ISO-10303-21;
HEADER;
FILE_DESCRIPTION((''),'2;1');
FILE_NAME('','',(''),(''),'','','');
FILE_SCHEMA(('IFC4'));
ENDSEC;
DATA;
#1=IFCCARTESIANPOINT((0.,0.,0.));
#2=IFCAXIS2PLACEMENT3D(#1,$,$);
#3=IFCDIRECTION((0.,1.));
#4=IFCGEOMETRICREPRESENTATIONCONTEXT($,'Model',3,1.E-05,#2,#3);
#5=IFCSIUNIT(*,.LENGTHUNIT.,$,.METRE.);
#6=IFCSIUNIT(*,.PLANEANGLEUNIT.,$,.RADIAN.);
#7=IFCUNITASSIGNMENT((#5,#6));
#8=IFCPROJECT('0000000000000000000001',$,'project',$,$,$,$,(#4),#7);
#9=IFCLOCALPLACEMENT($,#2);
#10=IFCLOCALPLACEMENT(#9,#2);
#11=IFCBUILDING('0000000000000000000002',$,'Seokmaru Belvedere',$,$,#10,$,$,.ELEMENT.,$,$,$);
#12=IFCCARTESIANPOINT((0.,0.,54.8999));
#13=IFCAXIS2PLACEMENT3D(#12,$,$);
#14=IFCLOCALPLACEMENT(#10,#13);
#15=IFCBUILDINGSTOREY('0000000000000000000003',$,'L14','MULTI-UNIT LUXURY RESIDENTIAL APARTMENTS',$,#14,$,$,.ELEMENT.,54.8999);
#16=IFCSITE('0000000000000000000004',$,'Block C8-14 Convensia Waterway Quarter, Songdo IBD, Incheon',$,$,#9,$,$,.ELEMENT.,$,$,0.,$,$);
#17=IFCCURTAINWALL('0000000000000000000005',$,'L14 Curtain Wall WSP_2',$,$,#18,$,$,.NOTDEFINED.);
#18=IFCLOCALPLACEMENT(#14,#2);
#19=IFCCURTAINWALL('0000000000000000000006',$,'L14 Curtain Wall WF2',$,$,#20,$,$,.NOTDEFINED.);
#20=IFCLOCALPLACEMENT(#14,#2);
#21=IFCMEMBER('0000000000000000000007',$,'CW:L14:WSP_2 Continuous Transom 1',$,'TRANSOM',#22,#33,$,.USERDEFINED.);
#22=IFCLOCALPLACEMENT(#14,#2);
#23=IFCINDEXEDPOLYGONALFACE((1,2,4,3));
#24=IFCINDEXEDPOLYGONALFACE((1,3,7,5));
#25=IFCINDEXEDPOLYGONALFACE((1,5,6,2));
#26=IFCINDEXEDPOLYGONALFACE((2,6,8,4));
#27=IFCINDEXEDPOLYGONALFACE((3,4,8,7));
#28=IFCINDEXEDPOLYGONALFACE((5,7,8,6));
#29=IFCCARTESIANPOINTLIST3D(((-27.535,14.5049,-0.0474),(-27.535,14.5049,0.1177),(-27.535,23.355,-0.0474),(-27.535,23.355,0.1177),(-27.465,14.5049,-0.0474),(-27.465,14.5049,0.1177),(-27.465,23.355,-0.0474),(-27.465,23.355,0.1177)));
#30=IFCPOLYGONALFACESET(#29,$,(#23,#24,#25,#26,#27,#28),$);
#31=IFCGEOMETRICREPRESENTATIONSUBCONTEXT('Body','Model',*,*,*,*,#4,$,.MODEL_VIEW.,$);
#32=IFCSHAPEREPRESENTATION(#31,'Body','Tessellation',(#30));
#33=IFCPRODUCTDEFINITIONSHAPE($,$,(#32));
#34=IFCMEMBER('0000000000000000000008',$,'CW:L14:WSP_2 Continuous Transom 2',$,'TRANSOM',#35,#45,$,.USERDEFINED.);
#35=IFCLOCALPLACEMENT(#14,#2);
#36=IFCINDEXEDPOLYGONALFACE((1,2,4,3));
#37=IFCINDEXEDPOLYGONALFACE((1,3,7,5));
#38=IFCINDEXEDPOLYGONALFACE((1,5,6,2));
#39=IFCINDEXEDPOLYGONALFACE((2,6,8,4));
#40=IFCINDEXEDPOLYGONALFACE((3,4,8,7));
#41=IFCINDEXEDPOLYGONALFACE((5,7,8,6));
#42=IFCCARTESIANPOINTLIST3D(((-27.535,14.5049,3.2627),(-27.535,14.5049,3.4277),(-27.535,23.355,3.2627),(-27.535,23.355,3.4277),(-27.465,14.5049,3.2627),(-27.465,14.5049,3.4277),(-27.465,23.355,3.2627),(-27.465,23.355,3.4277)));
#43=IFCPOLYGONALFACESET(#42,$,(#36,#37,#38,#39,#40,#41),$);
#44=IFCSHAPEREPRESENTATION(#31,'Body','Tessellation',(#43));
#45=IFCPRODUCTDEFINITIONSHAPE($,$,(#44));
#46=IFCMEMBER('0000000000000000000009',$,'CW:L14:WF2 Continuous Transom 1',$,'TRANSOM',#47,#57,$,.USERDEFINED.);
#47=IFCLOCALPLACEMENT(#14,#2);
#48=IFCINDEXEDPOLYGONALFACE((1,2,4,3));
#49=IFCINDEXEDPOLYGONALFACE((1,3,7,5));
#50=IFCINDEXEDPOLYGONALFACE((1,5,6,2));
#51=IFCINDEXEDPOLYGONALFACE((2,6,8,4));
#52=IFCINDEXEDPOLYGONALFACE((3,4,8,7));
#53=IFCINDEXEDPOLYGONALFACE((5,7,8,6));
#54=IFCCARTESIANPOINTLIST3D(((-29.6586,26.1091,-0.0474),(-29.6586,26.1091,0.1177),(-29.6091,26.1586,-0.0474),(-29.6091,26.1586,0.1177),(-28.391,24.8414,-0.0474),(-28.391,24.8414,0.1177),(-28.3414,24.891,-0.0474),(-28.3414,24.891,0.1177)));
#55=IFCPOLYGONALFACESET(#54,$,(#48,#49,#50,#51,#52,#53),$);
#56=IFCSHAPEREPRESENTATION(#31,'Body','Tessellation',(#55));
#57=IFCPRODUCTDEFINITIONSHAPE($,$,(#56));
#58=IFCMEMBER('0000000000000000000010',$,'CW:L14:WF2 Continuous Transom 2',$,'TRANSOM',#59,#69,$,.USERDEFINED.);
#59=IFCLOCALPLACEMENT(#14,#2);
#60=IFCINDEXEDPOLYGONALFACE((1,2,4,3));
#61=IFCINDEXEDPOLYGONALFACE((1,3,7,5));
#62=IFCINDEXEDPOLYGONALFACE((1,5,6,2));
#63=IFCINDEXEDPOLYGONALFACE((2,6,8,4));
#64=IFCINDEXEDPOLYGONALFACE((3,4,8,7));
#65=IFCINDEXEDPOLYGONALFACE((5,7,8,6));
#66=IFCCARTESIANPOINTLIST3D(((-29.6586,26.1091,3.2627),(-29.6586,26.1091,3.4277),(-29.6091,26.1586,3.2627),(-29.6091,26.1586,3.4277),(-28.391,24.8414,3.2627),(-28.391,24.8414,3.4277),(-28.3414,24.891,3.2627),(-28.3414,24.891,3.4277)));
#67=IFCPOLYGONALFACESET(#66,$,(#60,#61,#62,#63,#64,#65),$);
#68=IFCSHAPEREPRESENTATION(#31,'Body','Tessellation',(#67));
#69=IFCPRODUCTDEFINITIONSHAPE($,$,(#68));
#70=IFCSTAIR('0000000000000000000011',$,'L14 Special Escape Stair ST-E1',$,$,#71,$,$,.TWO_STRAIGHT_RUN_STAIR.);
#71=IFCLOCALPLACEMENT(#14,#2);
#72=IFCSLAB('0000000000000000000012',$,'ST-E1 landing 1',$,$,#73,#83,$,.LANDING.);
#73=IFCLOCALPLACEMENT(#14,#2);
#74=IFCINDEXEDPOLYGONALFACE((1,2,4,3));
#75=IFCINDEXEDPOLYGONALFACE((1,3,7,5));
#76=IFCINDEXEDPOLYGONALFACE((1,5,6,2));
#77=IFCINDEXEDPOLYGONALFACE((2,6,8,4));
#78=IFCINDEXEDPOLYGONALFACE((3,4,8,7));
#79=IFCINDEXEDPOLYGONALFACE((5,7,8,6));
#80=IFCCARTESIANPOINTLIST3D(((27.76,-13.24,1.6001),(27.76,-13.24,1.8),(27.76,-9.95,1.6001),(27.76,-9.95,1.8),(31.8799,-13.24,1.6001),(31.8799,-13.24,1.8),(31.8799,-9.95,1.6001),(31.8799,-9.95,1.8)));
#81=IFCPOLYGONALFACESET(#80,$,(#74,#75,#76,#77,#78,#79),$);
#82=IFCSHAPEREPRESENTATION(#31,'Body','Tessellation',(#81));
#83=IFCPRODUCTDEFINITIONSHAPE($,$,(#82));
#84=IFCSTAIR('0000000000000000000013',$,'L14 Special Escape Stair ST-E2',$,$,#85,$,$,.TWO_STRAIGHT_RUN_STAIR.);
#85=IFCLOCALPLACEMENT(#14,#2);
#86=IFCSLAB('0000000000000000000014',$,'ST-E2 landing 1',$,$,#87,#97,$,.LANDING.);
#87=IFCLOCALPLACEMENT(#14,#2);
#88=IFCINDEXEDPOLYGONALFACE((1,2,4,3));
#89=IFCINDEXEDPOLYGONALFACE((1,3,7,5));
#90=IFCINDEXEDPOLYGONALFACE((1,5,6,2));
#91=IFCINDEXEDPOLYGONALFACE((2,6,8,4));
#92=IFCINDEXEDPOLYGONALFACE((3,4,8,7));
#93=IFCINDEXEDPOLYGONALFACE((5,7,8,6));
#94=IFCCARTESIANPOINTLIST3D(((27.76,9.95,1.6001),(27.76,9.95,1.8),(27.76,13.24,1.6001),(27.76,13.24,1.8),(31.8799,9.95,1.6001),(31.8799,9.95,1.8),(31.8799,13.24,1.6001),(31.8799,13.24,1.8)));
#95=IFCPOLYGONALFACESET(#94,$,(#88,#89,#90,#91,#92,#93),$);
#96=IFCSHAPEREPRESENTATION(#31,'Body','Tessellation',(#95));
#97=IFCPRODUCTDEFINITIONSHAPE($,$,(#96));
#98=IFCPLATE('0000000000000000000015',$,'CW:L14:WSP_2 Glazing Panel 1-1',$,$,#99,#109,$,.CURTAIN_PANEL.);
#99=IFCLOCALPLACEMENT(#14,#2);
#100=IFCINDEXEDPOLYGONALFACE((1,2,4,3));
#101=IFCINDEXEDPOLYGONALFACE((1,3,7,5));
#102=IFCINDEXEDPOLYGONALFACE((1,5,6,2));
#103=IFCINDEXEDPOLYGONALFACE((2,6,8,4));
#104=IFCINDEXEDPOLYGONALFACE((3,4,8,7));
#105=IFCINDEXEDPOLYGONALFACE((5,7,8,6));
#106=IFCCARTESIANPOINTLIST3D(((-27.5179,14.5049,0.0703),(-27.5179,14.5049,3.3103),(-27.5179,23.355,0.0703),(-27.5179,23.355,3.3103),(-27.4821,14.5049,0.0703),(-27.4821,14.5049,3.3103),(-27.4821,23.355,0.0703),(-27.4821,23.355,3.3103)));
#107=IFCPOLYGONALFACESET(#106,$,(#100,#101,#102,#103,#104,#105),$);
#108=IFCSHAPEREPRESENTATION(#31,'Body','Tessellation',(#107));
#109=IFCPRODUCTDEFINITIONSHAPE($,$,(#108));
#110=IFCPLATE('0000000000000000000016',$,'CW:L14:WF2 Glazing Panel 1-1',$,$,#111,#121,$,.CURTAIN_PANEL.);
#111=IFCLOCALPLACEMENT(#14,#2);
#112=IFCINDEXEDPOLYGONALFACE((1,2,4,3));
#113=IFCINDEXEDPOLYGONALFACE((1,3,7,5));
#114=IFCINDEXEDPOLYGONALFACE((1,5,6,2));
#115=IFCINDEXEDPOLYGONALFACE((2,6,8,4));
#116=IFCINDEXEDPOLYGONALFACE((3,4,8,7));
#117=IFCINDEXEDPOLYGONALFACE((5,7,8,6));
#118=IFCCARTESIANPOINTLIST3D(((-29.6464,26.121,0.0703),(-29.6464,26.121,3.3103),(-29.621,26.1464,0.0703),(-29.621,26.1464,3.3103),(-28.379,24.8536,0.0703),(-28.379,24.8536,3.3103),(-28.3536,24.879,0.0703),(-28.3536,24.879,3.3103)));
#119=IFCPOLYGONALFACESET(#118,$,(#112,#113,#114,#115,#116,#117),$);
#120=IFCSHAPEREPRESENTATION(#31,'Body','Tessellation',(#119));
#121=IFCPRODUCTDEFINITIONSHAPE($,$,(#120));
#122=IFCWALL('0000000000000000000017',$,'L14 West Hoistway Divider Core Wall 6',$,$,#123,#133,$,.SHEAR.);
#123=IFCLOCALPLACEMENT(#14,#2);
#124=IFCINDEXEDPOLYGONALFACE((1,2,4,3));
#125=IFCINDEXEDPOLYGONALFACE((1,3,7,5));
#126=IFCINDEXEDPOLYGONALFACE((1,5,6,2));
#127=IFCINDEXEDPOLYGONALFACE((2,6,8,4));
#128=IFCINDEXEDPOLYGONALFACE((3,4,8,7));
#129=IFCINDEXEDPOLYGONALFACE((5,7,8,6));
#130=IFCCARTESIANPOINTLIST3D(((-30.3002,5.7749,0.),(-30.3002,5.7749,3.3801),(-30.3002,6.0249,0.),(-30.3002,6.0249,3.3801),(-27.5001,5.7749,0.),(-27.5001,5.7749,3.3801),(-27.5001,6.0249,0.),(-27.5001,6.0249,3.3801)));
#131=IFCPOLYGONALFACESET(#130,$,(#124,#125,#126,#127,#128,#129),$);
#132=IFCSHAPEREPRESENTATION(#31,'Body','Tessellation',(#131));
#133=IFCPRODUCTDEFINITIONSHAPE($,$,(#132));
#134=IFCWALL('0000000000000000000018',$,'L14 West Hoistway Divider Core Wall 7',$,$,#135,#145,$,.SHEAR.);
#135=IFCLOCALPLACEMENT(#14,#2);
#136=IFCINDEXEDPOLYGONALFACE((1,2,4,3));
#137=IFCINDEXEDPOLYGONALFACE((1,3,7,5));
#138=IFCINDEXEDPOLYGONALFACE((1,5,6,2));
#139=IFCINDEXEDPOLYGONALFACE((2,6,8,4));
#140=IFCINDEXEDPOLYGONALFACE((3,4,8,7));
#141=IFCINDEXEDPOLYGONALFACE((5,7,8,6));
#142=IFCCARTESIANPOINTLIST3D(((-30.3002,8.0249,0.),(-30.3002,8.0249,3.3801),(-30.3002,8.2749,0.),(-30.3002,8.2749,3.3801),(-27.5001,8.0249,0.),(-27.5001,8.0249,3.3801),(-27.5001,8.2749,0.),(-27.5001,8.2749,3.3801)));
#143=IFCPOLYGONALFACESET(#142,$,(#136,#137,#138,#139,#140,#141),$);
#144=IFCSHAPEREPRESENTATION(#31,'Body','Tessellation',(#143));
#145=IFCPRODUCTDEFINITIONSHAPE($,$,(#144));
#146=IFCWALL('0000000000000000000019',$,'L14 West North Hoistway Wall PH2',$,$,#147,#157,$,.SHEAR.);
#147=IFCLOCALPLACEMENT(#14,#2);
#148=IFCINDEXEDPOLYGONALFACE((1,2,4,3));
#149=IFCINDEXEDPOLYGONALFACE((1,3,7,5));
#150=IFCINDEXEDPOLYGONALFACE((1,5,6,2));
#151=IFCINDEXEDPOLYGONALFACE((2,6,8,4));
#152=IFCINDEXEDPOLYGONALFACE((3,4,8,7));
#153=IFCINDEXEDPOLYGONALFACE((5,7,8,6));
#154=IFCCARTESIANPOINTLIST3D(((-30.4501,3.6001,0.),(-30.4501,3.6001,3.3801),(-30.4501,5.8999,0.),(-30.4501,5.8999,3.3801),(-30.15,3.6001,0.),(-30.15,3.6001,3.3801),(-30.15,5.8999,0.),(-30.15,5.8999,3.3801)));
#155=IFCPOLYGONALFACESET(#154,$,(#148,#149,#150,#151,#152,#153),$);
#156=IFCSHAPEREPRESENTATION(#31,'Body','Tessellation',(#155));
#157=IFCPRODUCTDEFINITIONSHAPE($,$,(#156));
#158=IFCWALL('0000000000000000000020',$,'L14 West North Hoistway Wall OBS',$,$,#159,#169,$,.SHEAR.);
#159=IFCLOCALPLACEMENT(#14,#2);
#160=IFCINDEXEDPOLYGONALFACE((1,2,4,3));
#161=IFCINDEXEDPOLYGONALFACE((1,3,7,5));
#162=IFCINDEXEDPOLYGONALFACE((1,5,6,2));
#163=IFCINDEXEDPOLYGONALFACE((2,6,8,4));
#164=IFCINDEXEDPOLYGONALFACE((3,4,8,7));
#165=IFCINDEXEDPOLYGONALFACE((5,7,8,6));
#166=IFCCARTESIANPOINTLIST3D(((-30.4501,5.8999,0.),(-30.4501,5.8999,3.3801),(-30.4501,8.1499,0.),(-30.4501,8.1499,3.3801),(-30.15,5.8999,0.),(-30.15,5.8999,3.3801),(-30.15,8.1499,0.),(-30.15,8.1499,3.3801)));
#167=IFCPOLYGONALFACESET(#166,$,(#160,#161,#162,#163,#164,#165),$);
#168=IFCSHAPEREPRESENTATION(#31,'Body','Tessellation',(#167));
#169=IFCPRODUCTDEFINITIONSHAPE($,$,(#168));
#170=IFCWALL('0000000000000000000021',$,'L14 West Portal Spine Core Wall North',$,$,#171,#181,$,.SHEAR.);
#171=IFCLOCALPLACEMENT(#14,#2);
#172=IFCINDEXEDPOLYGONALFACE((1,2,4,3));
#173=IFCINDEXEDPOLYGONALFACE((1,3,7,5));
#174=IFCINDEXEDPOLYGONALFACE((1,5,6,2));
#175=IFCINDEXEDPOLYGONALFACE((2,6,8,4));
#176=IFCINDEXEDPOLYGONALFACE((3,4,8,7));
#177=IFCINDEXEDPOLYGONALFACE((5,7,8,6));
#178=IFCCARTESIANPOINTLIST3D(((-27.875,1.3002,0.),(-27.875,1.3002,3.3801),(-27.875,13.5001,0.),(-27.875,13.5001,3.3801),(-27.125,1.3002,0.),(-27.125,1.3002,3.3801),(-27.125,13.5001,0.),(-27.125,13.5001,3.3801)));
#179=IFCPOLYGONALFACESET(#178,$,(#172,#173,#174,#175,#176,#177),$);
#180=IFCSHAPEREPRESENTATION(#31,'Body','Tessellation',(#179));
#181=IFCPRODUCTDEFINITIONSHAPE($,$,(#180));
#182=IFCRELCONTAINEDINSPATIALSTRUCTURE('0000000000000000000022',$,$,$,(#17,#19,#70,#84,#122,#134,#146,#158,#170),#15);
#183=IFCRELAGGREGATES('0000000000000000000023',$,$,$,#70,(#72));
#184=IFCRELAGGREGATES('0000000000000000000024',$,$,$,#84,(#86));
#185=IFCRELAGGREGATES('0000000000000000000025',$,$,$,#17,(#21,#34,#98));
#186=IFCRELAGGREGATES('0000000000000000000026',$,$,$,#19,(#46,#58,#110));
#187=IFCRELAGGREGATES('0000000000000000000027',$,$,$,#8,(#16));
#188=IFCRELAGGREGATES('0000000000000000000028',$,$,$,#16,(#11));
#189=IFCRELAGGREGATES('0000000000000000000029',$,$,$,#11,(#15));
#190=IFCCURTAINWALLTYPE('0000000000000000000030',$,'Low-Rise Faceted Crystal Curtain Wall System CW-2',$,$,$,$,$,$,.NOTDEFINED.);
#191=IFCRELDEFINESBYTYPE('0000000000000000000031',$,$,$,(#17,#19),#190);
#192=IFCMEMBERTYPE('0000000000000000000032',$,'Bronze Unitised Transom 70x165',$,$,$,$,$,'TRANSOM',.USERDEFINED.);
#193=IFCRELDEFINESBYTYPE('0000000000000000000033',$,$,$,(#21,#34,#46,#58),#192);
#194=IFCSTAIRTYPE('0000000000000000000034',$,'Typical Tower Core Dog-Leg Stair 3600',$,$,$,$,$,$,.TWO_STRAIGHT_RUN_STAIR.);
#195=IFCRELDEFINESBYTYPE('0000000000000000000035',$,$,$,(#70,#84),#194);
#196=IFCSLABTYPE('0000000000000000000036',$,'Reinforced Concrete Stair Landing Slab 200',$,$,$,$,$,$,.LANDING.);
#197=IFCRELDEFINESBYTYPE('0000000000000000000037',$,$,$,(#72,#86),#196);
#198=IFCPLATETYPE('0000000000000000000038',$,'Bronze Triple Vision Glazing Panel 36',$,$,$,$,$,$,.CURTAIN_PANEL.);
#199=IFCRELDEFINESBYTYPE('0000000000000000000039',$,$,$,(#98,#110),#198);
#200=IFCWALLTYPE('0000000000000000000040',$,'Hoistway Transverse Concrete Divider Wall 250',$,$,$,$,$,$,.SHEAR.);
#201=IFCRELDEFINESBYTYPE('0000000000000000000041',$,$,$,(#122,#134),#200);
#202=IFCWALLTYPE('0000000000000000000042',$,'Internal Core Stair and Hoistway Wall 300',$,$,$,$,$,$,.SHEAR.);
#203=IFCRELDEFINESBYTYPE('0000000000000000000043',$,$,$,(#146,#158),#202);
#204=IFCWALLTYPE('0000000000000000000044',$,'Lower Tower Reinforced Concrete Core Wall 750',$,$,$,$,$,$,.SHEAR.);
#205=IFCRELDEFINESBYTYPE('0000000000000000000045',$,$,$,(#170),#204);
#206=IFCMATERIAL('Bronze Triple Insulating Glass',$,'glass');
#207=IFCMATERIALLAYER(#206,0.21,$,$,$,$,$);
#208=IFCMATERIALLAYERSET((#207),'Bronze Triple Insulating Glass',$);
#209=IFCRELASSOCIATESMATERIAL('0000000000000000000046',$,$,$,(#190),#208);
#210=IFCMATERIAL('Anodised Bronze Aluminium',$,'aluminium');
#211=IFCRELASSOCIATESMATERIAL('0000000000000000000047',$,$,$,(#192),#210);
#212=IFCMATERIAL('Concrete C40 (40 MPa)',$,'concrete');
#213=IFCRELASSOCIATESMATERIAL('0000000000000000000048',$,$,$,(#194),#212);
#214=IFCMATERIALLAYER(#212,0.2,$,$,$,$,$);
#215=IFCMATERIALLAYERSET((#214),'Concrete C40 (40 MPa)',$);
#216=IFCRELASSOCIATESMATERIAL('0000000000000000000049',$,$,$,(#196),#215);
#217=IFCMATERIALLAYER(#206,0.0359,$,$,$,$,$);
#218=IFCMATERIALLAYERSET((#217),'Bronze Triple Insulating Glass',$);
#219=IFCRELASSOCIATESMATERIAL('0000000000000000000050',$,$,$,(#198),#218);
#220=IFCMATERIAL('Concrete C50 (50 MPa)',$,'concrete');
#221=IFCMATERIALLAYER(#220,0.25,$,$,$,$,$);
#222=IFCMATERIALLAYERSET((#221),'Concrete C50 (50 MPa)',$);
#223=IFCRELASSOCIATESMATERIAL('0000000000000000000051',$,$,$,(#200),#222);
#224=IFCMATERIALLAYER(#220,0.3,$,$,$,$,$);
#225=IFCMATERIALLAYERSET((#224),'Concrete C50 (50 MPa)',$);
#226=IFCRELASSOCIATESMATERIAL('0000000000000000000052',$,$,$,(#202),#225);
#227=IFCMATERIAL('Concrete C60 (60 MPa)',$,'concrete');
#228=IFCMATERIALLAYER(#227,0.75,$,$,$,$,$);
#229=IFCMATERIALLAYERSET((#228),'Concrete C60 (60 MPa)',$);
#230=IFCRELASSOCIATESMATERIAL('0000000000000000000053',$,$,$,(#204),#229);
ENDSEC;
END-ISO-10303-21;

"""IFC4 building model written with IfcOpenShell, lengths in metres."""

from ifc_helpers import new_model, si_unit, direction, frame, frame_2d, origin, origin_2d, place, context, subcontext, project, spatial, polyline, rectangle, outline, extrude, source, transform, mapped, material, layer, layer_set, material_profile, profile_set, type_object, type_shapes, element, aggregate, save


model = new_model("IFC4")

# Units and contexts
model_context = context("Model", 3, precision=1e-05, world=origin(), true_north=direction((0.0, 1.0)))
body_context = subcontext(model_context, "Body", "Model", "MODEL_VIEW")
ifc_project = project(units=[si_unit("LENGTHUNIT", "METRE"), si_unit("PLANEANGLEUNIT", "RADIAN")], contexts=[model_context])

# Site, building, storey
site_placement = place(None, origin())
site = spatial("IfcSite", under=ifc_project, at=site_placement, Name="Block C8-14 Convensia Waterway Quarter, Songdo IBD, Incheon", CompositionType="ELEMENT", RefElevation=0.0)
building_placement = place(site_placement, origin())
building = spatial("IfcBuilding", under=site, at=building_placement, Name="Seokmaru Belvedere", CompositionType="ELEMENT")
storey_placement = place(building_placement, frame((0.0, 0.0, 54.8999)))
storey = spatial("IfcBuildingStorey", under=building, at=storey_placement, Name="L14", Description="MULTI-UNIT LUXURY RESIDENTIAL APARTMENTS", CompositionType="ELEMENT", Elevation=54.8999)

# Curtain walls
ifc_material_1 = material(Name="Bronze Triple Insulating Glass", Category="glass")
ifc_layer_1 = layer(ifc_material_1, 0.21)
ifc_layer_set_1 = layer_set([ifc_layer_1], Name="Bronze Triple Insulating Glass")
curtain_wall_type = type_object("IfcCurtainWallType", Name="Low-Rise Faceted Crystal Curtain Wall System CW-2", PredefinedType="NOTDEFINED", material=ifc_layer_set_1)
curtain_wall_1_placement = place(storey_placement, origin())
curtain_wall_1 = element("IfcCurtainWall", 1, at=curtain_wall_1_placement, inside=storey, type_object=curtain_wall_type, Name="L14 Curtain Wall WSP_2", PredefinedType="NOTDEFINED")
ifc_material_2 = material(Name="Anodised Bronze Aluminium", Category="aluminium")
curtain_wall_2_placement = place(storey_placement, origin())
curtain_wall_2 = element("IfcCurtainWall", 2, at=curtain_wall_2_placement, inside=storey, type_object=curtain_wall_type, Name="L14 Curtain Wall WF2", PredefinedType="NOTDEFINED")

# Members
ifc_material_profile_1 = material_profile(ifc_material_2, rectangle(XDim=0.0701, YDim=0.165, at=origin_2d()), Name="CW-T-70x165")
ifc_profile_set_1 = profile_set([ifc_material_profile_1], Name="Anodised Bronze Aluminium")
member_type_1 = type_object("IfcMemberType", Name="Bronze Unitised Transom 70x165", ElementType="TRANSOM", PredefinedType="USERDEFINED", material=ifc_profile_set_1)
shared_shape_1 = source(origin(), body_context, "Body", "SweptSolid", [
    extrude(rectangle(XDim=0.0701, YDim=0.165, at=origin_2d()), origin(), (0.0, 0.0, 1.0), 8.8501),
])
member_1_placement = place(storey_placement, frame((-27.5, 14.5049, 0.0352), z_axis=(0.0, 1.0, 0.0), x_axis=(-1.0, 0.0, 0.0)))
member_1 = element("IfcMember", 3, at=member_1_placement, type_object=member_type_1, Name="CW:L14:WSP_2 Continuous Transom 1", ObjectType="TRANSOM", PredefinedType="USERDEFINED", context=body_context, shape_type="MappedRepresentation", body=[
    mapped(shared_shape_1, transform((0.0, 0.0, 0.0), scale=1.0)),
])
member_2_placement = place(storey_placement, frame((-27.5, 14.5049, 3.3452), z_axis=(0.0, 1.0, 0.0), x_axis=(-1.0, 0.0, 0.0)))
member_2 = element("IfcMember", 4, at=member_2_placement, type_object=member_type_1, Name="CW:L14:WSP_2 Continuous Transom 2", ObjectType="TRANSOM", PredefinedType="USERDEFINED", context=body_context, shape_type="MappedRepresentation", body=[
    mapped(shared_shape_1, transform((0.0, 0.0, 0.0), scale=1.0)),
])
shared_shape_2 = source(origin(), body_context, "Body", "SweptSolid", [
    extrude(rectangle(XDim=0.0701, YDim=0.165, at=origin_2d()), origin(), (0.0, 0.0, 1.0), 1.7927),
])
type_shapes(member_type_1, [shared_shape_1, shared_shape_2])
member_3_placement = place(storey_placement, frame((-28.3662, 24.8662, 0.0352), z_axis=(-0.707107, 0.707107, 0.0), x_axis=(-0.707107, -0.707107, 0.0)))
member_3 = element("IfcMember", 5, at=member_3_placement, type_object=member_type_1, Name="CW:L14:WF2 Continuous Transom 1", ObjectType="TRANSOM", PredefinedType="USERDEFINED", context=body_context, shape_type="MappedRepresentation", body=[
    mapped(shared_shape_2, transform((0.0, 0.0, 0.0), scale=1.0)),
])
member_4_placement = place(storey_placement, frame((-28.3662, 24.8662, 3.3452), z_axis=(-0.707107, 0.707107, 0.0), x_axis=(-0.707107, -0.707107, 0.0)))
member_4 = element("IfcMember", 6, at=member_4_placement, type_object=member_type_1, Name="CW:L14:WF2 Continuous Transom 2", ObjectType="TRANSOM", PredefinedType="USERDEFINED", context=body_context, shape_type="MappedRepresentation", body=[
    mapped(shared_shape_2, transform((0.0, 0.0, 0.0), scale=1.0)),
])

# Stairs, slabs
ifc_material_3 = material(Name="Concrete C40 (40 MPa)", Category="concrete")
stair_type = type_object("IfcStairType", Name="Typical Tower Core Dog-Leg Stair 3600", PredefinedType="TWO_STRAIGHT_RUN_STAIR", material=ifc_material_3)
stair_1_placement = place(storey_placement, origin())
stair_1 = element("IfcStair", 7, at=stair_1_placement, inside=storey, type_object=stair_type, Name="L14 Special Escape Stair ST-E1", PredefinedType="TWO_STRAIGHT_RUN_STAIR")
ifc_layer_2 = layer(ifc_material_3, 0.2)
ifc_layer_set_2 = layer_set([ifc_layer_2], Name="Concrete C40 (40 MPa)")
slab_type = type_object("IfcSlabType", Name="Reinforced Concrete Stair Landing Slab 200", PredefinedType="LANDING", material=ifc_layer_set_2)
slab_1_placement = place(storey_placement, frame((0.0, 0.0, 1.6001)))
slab_1 = element("IfcSlab", 8, at=slab_1_placement, type_object=slab_type, Name="ST-E1 landing 1", PredefinedType="LANDING", context=body_context, shape_type="SweptSolid", body=[
    extrude(outline(polyline([(27.76, -13.24), (31.8799, -13.24), (31.8799, -9.95), (27.76, -9.95), (27.76, -13.24)])), origin(), (0.0, 0.0, 1.0), 0.2),
])
aggregate(stair_1, [slab_1])
stair_2_placement = place(storey_placement, origin())
stair_2 = element("IfcStair", 9, at=stair_2_placement, inside=storey, type_object=stair_type, Name="L14 Special Escape Stair ST-E2", PredefinedType="TWO_STRAIGHT_RUN_STAIR")
slab_2_placement = place(storey_placement, frame((0.0, 0.0, 1.6001)))
slab_2 = element("IfcSlab", 10, at=slab_2_placement, type_object=slab_type, Name="ST-E2 landing 1", PredefinedType="LANDING", context=body_context, shape_type="SweptSolid", body=[
    extrude(outline(polyline([(27.76, 9.95), (31.8799, 9.95), (31.8799, 13.24), (27.76, 13.24), (27.76, 9.95)])), origin(), (0.0, 0.0, 1.0), 0.2),
])
aggregate(stair_2, [slab_2])

# Plates
ifc_layer_3 = layer(ifc_material_1, 0.0359)
ifc_layer_set_3 = layer_set([ifc_layer_3], Name="Bronze Triple Insulating Glass")
plate_type = type_object("IfcPlateType", Name="Bronze Triple Vision Glazing Panel 36", PredefinedType="CURTAIN_PANEL", material=ifc_layer_set_3)
shared_shape_3 = source(origin(), body_context, "Body", "SweptSolid", [
    extrude(rectangle(XDim=8.8501, YDim=0.0359, at=origin_2d()), origin(), (0.0, 0.0, 1.0), 3.24),
])
plate_1_placement = place(storey_placement, frame((-27.5, 18.9299, 0.0703), z_axis=(0.0, 0.0, 1.0), x_axis=(0.0, 1.0, 0.0)))
plate_1 = element("IfcPlate", 11, at=plate_1_placement, type_object=plate_type, Name="CW:L14:WSP_2 Glazing Panel 1-1", PredefinedType="CURTAIN_PANEL", context=body_context, shape_type="MappedRepresentation", body=[
    mapped(shared_shape_3, transform((0.0, 0.0, 0.0), scale=1.0)),
])
aggregate(curtain_wall_1, [member_1, member_2, plate_1])
shared_shape_4 = source(origin(), body_context, "Body", "SweptSolid", [
    extrude(rectangle(XDim=1.7925, YDim=0.0359, at=origin_2d()), origin(), (0.0, 0.0, 1.0), 3.24),
])
type_shapes(plate_type, [shared_shape_3, shared_shape_4])
plate_2_placement = place(storey_placement, frame((-29.0, 25.5, 0.0703), z_axis=(0.0, 0.0, 1.0), x_axis=(-0.707107, 0.707107, 0.0)))
plate_2 = element("IfcPlate", 12, at=plate_2_placement, type_object=plate_type, Name="CW:L14:WF2 Glazing Panel 1-1", PredefinedType="CURTAIN_PANEL", context=body_context, shape_type="MappedRepresentation", body=[
    mapped(shared_shape_4, transform((0.0, 0.0, 0.0), scale=1.0)),
])
aggregate(curtain_wall_2, [member_3, member_4, plate_2])

# Walls
ifc_material_4 = material(Name="Concrete C50 (50 MPa)", Category="concrete")
ifc_layer_4 = layer(ifc_material_4, 0.25)
ifc_layer_set_4 = layer_set([ifc_layer_4], Name="Concrete C50 (50 MPa)")
wall_type_1 = type_object("IfcWallType", Name="Hoistway Transverse Concrete Divider Wall 250", PredefinedType="SHEAR", material=ifc_layer_set_4)
for number, where, z_axis, x_axis, name in (
    (13, (-30.3, 5.8999, 0.0), (0.0, 0.0, 1.0), (1.0, 0.0, 0.0), "L14 West Hoistway Divider Core Wall 6"),
    (14, (-30.3, 8.1499, 0.0), (0.0, 0.0, 1.0), (1.0, 0.0, 0.0), "L14 West Hoistway Divider Core Wall 7"),
):
    element("IfcWall", number, at=place(storey_placement, frame(where, z_axis=z_axis, x_axis=x_axis)), inside=storey, type_object=wall_type_1, Name=name, PredefinedType="SHEAR", context=body_context, shape_type="SweptSolid", body=[
        extrude(rectangle(XDim=2.8, YDim=0.25, at=frame_2d((1.3999, 0.0))), origin(), (0.0, 0.0, 1.0), 3.3801),
    ])
ifc_layer_5 = layer(ifc_material_4, 0.3)
ifc_layer_set_5 = layer_set([ifc_layer_5], Name="Concrete C50 (50 MPa)")
wall_type_2 = type_object("IfcWallType", Name="Internal Core Stair and Hoistway Wall 300", PredefinedType="SHEAR", material=ifc_layer_set_5)
wall_1_placement = place(storey_placement, frame((-30.3, 3.6001, 0.0), z_axis=(0.0, 0.0, 1.0), x_axis=(0.0, 1.0, 0.0)))
element("IfcWall", 15, at=wall_1_placement, inside=storey, type_object=wall_type_2, Name="L14 West North Hoistway Wall PH2", PredefinedType="SHEAR", context=body_context, shape_type="SweptSolid", body=[
    extrude(rectangle(XDim=2.2998, YDim=0.3, at=frame_2d((1.1499, 0.0))), origin(), (0.0, 0.0, 1.0), 3.3801),
])
wall_2_placement = place(storey_placement, frame((-30.3, 5.8999, 0.0), z_axis=(0.0, 0.0, 1.0), x_axis=(0.0, 1.0, 0.0)))
element("IfcWall", 16, at=wall_2_placement, inside=storey, type_object=wall_type_2, Name="L14 West North Hoistway Wall OBS", PredefinedType="SHEAR", context=body_context, shape_type="SweptSolid", body=[
    extrude(rectangle(XDim=2.25, YDim=0.3, at=frame_2d((1.125, 0.0))), origin(), (0.0, 0.0, 1.0), 3.3801),
])

# Wall
ifc_material_5 = material(Name="Concrete C60 (60 MPa)", Category="concrete")
ifc_layer_6 = layer(ifc_material_5, 0.75)
ifc_layer_set_6 = layer_set([ifc_layer_6], Name="Concrete C60 (60 MPa)")
wall_type_3 = type_object("IfcWallType", Name="Lower Tower Reinforced Concrete Core Wall 750", PredefinedType="SHEAR", material=ifc_layer_set_6)
wall_3_placement = place(storey_placement, frame((-27.5, 1.3, 0.0), z_axis=(0.0, 0.0, 1.0), x_axis=(0.0, 1.0, 0.0)))
element("IfcWall", 17, at=wall_3_placement, inside=storey, type_object=wall_type_3, Name="L14 West Portal Spine Core Wall North", PredefinedType="SHEAR", context=body_context, shape_type="SweptSolid", body=[
    extrude(rectangle(XDim=12.2, YDim=0.75, at=frame_2d((6.1001, 0.0))), origin(), (0.0, 0.0, 1.0), 3.3801),
])

save(model, "model.ifc")
